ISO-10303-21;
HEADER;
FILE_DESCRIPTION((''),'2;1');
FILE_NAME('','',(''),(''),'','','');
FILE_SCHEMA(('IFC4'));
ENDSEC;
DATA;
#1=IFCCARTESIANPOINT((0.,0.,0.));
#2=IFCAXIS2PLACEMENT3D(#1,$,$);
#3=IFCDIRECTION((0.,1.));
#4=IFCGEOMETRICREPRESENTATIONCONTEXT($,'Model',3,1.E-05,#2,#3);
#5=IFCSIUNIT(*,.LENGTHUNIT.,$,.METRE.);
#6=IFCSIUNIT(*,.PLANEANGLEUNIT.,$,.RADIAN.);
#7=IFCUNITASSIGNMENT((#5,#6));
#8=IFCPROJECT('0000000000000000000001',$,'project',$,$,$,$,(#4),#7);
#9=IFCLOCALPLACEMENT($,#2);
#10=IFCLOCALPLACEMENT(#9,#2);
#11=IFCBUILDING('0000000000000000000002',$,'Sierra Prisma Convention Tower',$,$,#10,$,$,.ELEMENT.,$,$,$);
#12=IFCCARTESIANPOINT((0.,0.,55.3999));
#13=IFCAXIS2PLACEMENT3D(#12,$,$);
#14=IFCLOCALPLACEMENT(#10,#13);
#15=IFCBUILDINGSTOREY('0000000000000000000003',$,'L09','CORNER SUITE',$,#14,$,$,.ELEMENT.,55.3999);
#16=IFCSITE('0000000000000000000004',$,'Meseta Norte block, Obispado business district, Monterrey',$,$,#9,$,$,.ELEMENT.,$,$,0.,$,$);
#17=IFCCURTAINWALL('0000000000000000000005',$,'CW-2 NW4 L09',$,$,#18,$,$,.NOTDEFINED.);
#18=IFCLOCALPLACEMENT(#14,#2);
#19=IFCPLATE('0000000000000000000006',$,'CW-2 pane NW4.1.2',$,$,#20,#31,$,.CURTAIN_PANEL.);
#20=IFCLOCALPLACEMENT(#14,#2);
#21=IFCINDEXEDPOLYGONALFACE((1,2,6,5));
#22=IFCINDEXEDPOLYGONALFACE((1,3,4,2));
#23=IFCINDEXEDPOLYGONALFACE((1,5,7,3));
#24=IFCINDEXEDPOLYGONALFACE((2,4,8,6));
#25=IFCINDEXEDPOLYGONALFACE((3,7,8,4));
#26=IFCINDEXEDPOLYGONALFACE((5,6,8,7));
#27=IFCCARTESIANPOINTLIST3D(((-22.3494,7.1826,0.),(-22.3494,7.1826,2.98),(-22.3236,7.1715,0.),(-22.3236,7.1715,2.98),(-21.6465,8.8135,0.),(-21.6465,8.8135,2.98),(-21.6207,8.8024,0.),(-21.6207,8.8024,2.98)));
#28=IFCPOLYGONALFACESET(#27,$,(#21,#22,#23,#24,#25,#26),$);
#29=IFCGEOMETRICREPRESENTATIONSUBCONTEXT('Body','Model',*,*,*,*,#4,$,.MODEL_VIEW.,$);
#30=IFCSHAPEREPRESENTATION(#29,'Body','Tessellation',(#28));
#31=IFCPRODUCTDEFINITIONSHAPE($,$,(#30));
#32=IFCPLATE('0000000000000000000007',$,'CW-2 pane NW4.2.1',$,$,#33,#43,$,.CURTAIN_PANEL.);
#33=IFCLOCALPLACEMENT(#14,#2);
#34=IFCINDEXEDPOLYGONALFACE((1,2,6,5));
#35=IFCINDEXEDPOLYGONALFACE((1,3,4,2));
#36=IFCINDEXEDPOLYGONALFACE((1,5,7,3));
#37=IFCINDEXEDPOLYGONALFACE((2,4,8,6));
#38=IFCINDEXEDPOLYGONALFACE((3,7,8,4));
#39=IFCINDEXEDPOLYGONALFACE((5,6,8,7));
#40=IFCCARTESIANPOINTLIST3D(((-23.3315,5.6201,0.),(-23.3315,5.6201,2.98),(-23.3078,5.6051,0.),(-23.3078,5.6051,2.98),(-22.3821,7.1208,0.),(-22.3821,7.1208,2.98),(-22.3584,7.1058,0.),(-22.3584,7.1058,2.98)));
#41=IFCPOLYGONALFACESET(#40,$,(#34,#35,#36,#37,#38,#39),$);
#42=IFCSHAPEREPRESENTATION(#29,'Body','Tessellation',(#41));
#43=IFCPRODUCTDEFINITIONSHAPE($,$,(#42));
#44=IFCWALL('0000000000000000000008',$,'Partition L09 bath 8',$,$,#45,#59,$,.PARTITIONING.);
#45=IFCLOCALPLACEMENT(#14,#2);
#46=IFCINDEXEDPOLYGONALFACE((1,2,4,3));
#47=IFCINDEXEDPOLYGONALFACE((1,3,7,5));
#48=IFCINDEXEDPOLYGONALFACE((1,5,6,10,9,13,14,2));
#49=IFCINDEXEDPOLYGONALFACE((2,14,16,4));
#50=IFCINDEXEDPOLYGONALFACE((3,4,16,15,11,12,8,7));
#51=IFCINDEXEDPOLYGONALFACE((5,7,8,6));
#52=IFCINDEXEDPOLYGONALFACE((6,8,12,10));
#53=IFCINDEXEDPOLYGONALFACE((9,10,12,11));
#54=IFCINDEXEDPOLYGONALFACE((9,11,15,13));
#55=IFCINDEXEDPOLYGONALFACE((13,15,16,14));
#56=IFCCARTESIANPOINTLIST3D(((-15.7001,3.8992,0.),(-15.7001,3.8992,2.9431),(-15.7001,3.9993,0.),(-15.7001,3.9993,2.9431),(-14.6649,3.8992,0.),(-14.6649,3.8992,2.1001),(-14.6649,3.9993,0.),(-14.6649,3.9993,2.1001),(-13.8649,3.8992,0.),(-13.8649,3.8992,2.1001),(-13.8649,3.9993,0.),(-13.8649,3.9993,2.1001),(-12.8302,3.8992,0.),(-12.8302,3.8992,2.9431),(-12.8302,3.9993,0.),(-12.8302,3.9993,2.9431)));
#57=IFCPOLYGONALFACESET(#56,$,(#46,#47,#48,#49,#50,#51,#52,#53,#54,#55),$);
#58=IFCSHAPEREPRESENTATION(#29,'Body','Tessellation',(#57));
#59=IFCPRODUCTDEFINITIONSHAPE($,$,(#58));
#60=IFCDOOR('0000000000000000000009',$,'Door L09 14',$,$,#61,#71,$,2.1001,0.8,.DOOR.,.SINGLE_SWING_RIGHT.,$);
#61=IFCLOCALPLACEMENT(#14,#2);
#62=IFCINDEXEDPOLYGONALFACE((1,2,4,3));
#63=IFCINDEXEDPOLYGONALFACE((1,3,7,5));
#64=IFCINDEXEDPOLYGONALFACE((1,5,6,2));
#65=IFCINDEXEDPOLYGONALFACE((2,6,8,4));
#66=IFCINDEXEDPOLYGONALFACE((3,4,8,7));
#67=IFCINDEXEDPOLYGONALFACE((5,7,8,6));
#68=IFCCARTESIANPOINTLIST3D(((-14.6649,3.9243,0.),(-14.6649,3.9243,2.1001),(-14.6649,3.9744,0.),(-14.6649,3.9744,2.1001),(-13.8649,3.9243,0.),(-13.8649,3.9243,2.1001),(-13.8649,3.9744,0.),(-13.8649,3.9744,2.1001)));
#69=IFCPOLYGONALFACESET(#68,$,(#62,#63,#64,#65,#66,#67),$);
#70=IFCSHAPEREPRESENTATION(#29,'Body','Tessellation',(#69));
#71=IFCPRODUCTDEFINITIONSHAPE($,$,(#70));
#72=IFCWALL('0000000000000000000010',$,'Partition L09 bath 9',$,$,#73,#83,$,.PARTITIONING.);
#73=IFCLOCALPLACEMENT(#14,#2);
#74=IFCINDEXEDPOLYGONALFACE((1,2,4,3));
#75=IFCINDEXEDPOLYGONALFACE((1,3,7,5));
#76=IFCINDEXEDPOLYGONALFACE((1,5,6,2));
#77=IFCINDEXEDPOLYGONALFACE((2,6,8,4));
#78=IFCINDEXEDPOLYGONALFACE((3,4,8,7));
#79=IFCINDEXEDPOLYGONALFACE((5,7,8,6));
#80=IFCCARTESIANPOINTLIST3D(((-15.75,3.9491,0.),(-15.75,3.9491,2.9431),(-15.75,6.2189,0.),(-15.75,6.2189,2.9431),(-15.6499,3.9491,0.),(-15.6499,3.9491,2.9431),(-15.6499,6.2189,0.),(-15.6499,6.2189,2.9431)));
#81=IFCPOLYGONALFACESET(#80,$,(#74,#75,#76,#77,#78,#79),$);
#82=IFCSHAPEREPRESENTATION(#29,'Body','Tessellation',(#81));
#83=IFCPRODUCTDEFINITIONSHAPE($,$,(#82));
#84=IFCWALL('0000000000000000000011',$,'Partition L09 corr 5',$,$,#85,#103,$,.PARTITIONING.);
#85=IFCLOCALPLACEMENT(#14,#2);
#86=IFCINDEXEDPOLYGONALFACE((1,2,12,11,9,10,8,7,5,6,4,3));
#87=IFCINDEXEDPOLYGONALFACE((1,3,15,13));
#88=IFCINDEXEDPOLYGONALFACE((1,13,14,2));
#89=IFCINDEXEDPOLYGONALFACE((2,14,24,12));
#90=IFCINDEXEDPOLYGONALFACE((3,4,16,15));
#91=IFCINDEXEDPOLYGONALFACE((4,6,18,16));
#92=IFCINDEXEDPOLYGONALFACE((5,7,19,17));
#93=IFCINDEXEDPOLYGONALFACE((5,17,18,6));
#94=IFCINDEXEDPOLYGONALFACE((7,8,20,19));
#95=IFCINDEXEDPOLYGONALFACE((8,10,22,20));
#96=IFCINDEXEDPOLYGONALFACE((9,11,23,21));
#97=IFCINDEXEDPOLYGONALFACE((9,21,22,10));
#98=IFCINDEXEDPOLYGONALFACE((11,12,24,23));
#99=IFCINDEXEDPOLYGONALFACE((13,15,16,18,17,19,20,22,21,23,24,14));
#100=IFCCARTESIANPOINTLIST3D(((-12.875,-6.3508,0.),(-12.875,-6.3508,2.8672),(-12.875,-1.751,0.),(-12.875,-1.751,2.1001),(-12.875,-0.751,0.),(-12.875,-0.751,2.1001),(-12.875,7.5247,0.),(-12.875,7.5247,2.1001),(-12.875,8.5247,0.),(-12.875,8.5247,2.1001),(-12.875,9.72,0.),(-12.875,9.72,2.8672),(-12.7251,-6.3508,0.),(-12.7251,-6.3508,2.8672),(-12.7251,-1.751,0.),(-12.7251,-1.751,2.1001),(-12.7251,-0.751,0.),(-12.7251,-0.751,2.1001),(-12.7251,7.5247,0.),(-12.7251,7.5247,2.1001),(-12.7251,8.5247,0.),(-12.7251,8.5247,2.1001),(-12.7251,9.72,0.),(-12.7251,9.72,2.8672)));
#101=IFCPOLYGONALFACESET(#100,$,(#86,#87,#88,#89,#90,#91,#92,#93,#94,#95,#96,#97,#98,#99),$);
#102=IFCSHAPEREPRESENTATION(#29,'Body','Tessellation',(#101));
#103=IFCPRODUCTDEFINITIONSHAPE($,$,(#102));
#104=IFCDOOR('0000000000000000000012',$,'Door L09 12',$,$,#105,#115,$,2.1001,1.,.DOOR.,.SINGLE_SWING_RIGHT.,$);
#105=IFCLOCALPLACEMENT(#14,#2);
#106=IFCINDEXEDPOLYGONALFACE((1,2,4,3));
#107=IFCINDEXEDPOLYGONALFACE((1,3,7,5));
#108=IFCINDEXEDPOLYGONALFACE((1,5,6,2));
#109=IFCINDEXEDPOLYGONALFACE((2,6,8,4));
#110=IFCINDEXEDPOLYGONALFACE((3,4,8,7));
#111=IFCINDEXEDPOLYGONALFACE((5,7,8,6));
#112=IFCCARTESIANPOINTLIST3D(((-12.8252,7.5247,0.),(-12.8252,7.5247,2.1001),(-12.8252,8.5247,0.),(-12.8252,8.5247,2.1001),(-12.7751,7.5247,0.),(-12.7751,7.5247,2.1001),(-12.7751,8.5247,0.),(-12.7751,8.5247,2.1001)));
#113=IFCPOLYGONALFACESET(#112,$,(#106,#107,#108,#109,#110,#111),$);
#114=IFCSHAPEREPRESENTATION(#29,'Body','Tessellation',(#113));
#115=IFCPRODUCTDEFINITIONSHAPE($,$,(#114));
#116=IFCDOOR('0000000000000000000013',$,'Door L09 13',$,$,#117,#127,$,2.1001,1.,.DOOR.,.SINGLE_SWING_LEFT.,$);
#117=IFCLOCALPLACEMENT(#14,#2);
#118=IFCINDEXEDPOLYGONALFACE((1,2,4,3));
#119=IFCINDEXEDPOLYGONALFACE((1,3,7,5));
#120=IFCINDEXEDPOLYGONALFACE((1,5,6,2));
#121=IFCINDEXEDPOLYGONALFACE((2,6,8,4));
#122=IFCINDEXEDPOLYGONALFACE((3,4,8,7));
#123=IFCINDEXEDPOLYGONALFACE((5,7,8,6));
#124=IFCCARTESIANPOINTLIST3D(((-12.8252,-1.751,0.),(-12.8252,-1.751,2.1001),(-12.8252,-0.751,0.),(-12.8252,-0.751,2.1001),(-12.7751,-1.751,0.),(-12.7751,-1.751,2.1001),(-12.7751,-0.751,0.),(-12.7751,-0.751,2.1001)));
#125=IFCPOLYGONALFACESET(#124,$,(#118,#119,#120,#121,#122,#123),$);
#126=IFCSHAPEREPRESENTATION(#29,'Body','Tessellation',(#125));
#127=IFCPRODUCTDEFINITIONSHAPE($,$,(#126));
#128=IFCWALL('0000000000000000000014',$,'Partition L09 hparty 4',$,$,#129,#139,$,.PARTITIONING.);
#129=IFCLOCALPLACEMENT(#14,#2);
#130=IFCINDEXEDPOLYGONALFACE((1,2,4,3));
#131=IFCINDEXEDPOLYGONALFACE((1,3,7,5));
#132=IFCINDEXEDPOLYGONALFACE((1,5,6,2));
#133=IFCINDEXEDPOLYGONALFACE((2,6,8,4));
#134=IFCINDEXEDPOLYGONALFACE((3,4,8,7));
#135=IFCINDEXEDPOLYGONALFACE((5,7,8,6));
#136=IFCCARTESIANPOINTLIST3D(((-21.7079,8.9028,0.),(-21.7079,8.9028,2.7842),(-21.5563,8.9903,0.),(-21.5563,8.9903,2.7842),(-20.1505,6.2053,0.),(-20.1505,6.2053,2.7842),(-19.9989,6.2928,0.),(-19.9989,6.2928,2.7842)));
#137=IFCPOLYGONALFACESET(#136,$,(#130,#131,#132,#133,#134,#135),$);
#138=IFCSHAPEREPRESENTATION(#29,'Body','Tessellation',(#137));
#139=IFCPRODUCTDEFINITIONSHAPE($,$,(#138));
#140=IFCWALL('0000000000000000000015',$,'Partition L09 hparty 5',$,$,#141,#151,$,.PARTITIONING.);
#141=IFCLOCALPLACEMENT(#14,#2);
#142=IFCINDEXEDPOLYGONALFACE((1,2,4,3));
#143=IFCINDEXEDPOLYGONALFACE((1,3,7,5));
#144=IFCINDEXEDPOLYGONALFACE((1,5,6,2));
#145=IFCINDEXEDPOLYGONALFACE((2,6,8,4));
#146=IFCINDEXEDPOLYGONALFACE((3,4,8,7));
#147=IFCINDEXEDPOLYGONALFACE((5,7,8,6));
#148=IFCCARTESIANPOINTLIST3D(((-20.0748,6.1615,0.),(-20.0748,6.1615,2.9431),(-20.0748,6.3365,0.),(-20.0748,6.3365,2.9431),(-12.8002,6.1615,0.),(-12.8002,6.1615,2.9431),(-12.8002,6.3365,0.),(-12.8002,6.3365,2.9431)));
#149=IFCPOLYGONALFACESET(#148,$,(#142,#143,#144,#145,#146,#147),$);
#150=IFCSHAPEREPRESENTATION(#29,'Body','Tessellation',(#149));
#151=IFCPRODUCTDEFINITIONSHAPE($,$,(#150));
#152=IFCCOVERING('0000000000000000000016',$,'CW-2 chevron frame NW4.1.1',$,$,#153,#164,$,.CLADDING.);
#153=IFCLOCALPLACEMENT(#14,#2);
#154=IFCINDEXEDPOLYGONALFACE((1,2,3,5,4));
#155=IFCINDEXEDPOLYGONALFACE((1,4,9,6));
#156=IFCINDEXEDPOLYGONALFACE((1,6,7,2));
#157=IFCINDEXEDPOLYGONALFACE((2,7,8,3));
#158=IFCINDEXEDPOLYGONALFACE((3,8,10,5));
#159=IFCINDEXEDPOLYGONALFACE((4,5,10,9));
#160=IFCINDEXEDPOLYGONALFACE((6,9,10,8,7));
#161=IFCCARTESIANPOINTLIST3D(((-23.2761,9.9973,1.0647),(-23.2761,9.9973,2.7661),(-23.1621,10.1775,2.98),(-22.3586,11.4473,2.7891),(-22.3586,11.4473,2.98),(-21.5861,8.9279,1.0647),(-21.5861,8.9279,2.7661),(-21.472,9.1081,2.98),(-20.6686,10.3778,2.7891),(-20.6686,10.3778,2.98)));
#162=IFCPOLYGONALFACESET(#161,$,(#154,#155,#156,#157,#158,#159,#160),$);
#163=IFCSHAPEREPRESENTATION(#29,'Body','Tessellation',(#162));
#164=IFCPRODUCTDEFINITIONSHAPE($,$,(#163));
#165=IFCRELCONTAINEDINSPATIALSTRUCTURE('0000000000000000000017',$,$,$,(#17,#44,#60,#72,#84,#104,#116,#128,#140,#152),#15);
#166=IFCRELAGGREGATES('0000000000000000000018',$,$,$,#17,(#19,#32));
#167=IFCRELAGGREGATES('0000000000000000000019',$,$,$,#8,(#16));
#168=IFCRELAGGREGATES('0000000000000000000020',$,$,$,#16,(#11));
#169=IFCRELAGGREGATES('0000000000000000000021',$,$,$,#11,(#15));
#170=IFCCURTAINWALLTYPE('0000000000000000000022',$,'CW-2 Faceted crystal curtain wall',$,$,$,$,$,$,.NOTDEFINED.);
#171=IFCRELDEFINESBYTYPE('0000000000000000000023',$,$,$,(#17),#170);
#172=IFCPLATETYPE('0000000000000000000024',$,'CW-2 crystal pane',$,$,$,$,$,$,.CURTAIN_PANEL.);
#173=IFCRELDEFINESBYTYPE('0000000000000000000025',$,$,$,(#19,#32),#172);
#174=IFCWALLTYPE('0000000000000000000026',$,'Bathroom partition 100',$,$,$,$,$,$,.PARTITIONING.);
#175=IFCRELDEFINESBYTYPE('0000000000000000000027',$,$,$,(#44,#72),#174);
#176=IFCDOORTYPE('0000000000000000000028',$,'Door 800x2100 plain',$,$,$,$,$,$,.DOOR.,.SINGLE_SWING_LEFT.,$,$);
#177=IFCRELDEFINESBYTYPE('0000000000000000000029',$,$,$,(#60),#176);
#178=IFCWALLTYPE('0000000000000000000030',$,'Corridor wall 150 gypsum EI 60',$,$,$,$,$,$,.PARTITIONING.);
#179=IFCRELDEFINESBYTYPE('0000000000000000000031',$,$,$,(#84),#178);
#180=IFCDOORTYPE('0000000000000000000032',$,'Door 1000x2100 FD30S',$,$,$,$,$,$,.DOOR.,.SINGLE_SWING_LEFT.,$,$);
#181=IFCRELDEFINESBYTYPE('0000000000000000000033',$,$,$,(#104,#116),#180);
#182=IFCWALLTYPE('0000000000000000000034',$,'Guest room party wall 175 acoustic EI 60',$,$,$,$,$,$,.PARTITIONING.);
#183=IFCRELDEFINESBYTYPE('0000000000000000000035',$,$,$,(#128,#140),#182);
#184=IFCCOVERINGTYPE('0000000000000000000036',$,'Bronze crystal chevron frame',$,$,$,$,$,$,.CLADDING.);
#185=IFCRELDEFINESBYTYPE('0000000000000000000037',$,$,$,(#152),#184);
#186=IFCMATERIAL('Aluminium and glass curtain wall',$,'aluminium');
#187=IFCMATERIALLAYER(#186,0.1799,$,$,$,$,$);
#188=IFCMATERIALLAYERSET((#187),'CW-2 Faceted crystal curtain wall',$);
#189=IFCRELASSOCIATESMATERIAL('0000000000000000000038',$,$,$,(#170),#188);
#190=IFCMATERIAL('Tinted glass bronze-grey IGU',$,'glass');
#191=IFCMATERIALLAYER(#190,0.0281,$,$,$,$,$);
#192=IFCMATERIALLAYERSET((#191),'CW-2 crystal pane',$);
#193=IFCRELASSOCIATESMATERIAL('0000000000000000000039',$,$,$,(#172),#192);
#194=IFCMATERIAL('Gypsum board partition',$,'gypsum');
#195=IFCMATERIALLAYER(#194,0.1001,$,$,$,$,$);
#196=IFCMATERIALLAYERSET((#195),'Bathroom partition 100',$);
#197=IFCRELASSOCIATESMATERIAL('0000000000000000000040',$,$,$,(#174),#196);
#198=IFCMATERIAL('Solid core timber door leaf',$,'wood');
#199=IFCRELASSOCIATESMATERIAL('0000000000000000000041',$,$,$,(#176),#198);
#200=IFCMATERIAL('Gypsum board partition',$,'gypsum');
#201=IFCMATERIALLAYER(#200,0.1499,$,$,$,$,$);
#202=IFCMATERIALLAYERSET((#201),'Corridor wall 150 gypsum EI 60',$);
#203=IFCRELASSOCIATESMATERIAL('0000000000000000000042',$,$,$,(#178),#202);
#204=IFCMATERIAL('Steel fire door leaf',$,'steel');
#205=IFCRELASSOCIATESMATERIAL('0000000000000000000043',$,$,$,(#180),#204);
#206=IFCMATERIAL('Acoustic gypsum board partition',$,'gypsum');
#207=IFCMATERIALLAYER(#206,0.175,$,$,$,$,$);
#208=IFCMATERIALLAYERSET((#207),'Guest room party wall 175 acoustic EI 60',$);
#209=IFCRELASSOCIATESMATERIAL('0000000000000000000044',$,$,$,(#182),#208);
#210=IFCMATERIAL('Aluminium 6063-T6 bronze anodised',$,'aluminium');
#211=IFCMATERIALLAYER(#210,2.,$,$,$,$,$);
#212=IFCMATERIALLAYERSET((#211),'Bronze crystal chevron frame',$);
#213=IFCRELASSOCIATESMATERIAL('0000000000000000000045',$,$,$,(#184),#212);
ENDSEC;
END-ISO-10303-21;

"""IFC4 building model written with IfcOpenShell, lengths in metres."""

from ifc_helpers import new_model, si_unit, direction, frame, frame_2d, origin, place, context, subcontext, project, spatial, polyline, rectangle, outline, extrude, material, layer, layer_set, type_object, element, fill, aggregate, save


model = new_model("IFC4")

# Units and contexts
model_context = context("Model", 3, precision=1e-05, world=origin(), true_north=direction((0.0, 1.0)))
body_context = subcontext(model_context, "Body", "Model", "MODEL_VIEW")
ifc_project = project(units=[si_unit("LENGTHUNIT", "METRE"), si_unit("PLANEANGLEUNIT", "RADIAN")], contexts=[model_context])

# Site, building, storey
site_placement = place(None, origin())
site = spatial("IfcSite", under=ifc_project, at=site_placement, Name="Meseta Norte block, Obispado business district, Monterrey", CompositionType="ELEMENT", RefElevation=0.0)
building_placement = place(site_placement, origin())
building = spatial("IfcBuilding", under=site, at=building_placement, Name="Sierra Prisma Convention Tower", CompositionType="ELEMENT")
storey_placement = place(building_placement, frame((0.0, 0.0, 55.3999)))
storey = spatial("IfcBuildingStorey", under=building, at=storey_placement, Name="L09", Description="CORNER SUITE", CompositionType="ELEMENT", Elevation=55.3999)

# Curtain wall
ifc_material_1 = material(Name="Aluminium and glass curtain wall", Category="aluminium")
ifc_layer_1 = layer(ifc_material_1, 0.1799)
ifc_layer_set_1 = layer_set([ifc_layer_1], Name="CW-2 Faceted crystal curtain wall")
curtain_wall_type = type_object("IfcCurtainWallType", Name="CW-2 Faceted crystal curtain wall", PredefinedType="NOTDEFINED", material=ifc_layer_set_1)
curtain_wall_1_placement = place(storey_placement, origin())
curtain_wall_1 = element("IfcCurtainWall", 1, at=curtain_wall_1_placement, inside=storey, type_object=curtain_wall_type, Name="CW-2 NW4 L09", PredefinedType="NOTDEFINED")

# Plates
ifc_material_2 = material(Name="Tinted glass bronze-grey IGU", Category="glass")
ifc_layer_2 = layer(ifc_material_2, 0.0281)
ifc_layer_set_2 = layer_set([ifc_layer_2], Name="CW-2 crystal pane")
plate_type = type_object("IfcPlateType", Name="CW-2 crystal pane", PredefinedType="CURTAIN_PANEL", material=ifc_layer_set_2)
plate_1_placement = place(storey_placement, frame((-22.3494, 7.1826, 0.0), z_axis=(-0.91834, 0.395793, 0.0), x_axis=(0.395793, 0.91834, 0.0)))
plate_1 = element("IfcPlate", 2, at=plate_1_placement, type_object=plate_type, Name="CW-2 pane NW4.1.2", PredefinedType="CURTAIN_PANEL", context=body_context, shape_type="SweptSolid", body=[
    extrude(outline(polyline([(0.0, 0.0), (1.7759, 0.0), (1.7759, -2.98), (0.0, -2.98), (0.0, 0.0)])), origin(), (0.0, 0.0, -1.0), 0.0281),
])
plate_2_placement = place(storey_placement, frame((-22.3821, 7.1208, 0.0), z_axis=(-0.845074, 0.53465, 0.0), x_axis=(-0.53465, -0.845074, 0.0)))
plate_2 = element("IfcPlate", 3, at=plate_2_placement, type_object=plate_type, Name="CW-2 pane NW4.2.1", PredefinedType="CURTAIN_PANEL", context=body_context, shape_type="SweptSolid", body=[
    extrude(outline(polyline([(0.0, 0.0), (1.7759, 0.0), (1.7759, 2.98), (0.0, 2.98), (0.0, 0.0)])), origin(), (0.0, 0.0, -1.0), 0.0281),
])
aggregate(curtain_wall_1, [plate_1, plate_2])

# Wall, opening, door
ifc_material_3 = material(Name="Gypsum board partition", Category="gypsum")
ifc_layer_3 = layer(ifc_material_3, 0.1001)
ifc_layer_set_3 = layer_set([ifc_layer_3], Name="Bathroom partition 100")
wall_type_1 = type_object("IfcWallType", Name="Bathroom partition 100", PredefinedType="PARTITIONING", material=ifc_layer_set_3)
wall_1_placement = place(storey_placement, frame((-12.8301, 3.9492, 0.0), z_axis=(0.0, 0.0, 1.0), x_axis=(-1.0, 0.0, 0.0)))
wall_1 = element("IfcWall", 4, at=wall_1_placement, inside=storey, type_object=wall_type_1, Name="Partition L09 bath 8", PredefinedType="PARTITIONING", context=body_context, shape_type="SweptSolid", body=[
    extrude(rectangle(XDim=2.8699, YDim=0.1001, at=frame_2d((1.4351, 0.0))), origin(), (0.0, 0.0, 1.0), 2.9431),
])
opening_1_placement = place(wall_1_placement, frame((1.0349, 0.0, 0.0)))
opening_1 = element("IfcOpeningElement", 5, at=opening_1_placement, cuts=wall_1, PredefinedType="OPENING", context=body_context, shape_type="SweptSolid", body=[
    extrude(rectangle(XDim=0.8, YDim=2.1001, at=frame_2d((0.3999, 1.05))), frame((0.0, 0.05, 0.0), z_axis=(0.0, -1.0, 0.0), x_axis=(1.0, 0.0, 0.0)), (0.0, 0.0, 1.0), 0.1001),
])
ifc_material_4 = material(Name="Solid core timber door leaf", Category="wood")
door_type_1 = type_object("IfcDoorType", Name="Door 800x2100 plain", OperationType="SINGLE_SWING_LEFT", PredefinedType="DOOR", material=ifc_material_4)
door_1_placement = place(opening_1_placement, origin())
door_1 = element("IfcDoor", 6, at=door_1_placement, inside=storey, type_object=door_type_1, Name="Door L09 14", OperationType="SINGLE_SWING_RIGHT", OverallHeight=2.1001, OverallWidth=0.8, PredefinedType="DOOR", context=body_context, shape_type="SweptSolid", body=[
    extrude(rectangle(XDim=0.8, YDim=2.1001, at=frame_2d((0.3999, 1.05))), frame((0.0, 0.0249, 0.0), z_axis=(0.0, -1.0, 0.0), x_axis=(1.0, 0.0, 0.0)), (0.0, 0.0, 1.0), 0.05),
])
fill(opening_1, door_1)

# Wall
wall_2_placement = place(storey_placement, frame((-15.7, 3.9492, 0.0), z_axis=(0.0, 0.0, 1.0), x_axis=(0.0, 1.0, 0.0)))
element("IfcWall", 7, at=wall_2_placement, inside=storey, type_object=wall_type_1, Name="Partition L09 bath 9", PredefinedType="PARTITIONING", context=body_context, shape_type="SweptSolid", body=[
    extrude(rectangle(XDim=2.2698, YDim=0.1001, at=frame_2d((1.1348, 0.0))), origin(), (0.0, 0.0, 1.0), 2.9431),
])

# Wall, openings, doors
ifc_material_5 = material(Name="Gypsum board partition", Category="gypsum")
ifc_layer_4 = layer(ifc_material_5, 0.1499)
ifc_layer_set_4 = layer_set([ifc_layer_4], Name="Corridor wall 150 gypsum EI 60")
wall_type_2 = type_object("IfcWallType", Name="Corridor wall 150 gypsum EI 60", PredefinedType="PARTITIONING", material=ifc_layer_set_4)
wall_3_placement = place(storey_placement, frame((-12.8, 9.72, 0.0), z_axis=(0.0, 0.0, 1.0), x_axis=(0.0, -1.0, 0.0)))
wall_3 = element("IfcWall", 8, at=wall_3_placement, inside=storey, type_object=wall_type_2, Name="Partition L09 corr 5", PredefinedType="PARTITIONING", context=body_context, shape_type="SweptSolid", body=[
    extrude(rectangle(XDim=16.0708, YDim=0.1499, at=frame_2d((8.0354, 0.0))), origin(), (0.0, 0.0, 1.0), 2.8672),
])
opening_2_placement = place(wall_3_placement, frame((1.1953, 0.0, 0.0)))
opening_2 = element("IfcOpeningElement", 9, at=opening_2_placement, cuts=wall_3, PredefinedType="OPENING", context=body_context, shape_type="SweptSolid", body=[
    extrude(rectangle(XDim=1.0, YDim=2.1001, at=frame_2d((0.5, 1.05))), frame((0.0, 0.075, 0.0), z_axis=(0.0, -1.0, 0.0), x_axis=(1.0, 0.0, 0.0)), (0.0, 0.0, 1.0), 0.1499),
])
opening_3_placement = place(wall_3_placement, frame((10.4709, 0.0, 0.0)))
opening_3 = element("IfcOpeningElement", 10, at=opening_3_placement, cuts=wall_3, PredefinedType="OPENING", context=body_context, shape_type="SweptSolid", body=[
    extrude(rectangle(XDim=1.0, YDim=2.1001, at=frame_2d((0.5, 1.05))), frame((0.0, 0.075, 0.0), z_axis=(0.0, -1.0, 0.0), x_axis=(1.0, 0.0, 0.0)), (0.0, 0.0, 1.0), 0.1499),
])
ifc_material_6 = material(Name="Steel fire door leaf", Category="steel")
door_type_2 = type_object("IfcDoorType", Name="Door 1000x2100 FD30S", OperationType="SINGLE_SWING_LEFT", PredefinedType="DOOR", material=ifc_material_6)
door_2_placement = place(opening_2_placement, origin())
door_2 = element("IfcDoor", 11, at=door_2_placement, inside=storey, type_object=door_type_2, Name="Door L09 12", OperationType="SINGLE_SWING_RIGHT", OverallHeight=2.1001, OverallWidth=1.0, PredefinedType="DOOR", context=body_context, shape_type="SweptSolid", body=[
    extrude(rectangle(XDim=1.0, YDim=2.1001, at=frame_2d((0.5, 1.05))), frame((0.0, 0.0249, 0.0), z_axis=(0.0, -1.0, 0.0), x_axis=(1.0, 0.0, 0.0)), (0.0, 0.0, 1.0), 0.05),
])
fill(opening_2, door_2)
door_3_placement = place(opening_3_placement, origin())
door_3 = element("IfcDoor", 12, at=door_3_placement, inside=storey, type_object=door_type_2, Name="Door L09 13", OperationType="SINGLE_SWING_LEFT", OverallHeight=2.1001, OverallWidth=1.0, PredefinedType="DOOR", context=body_context, shape_type="SweptSolid", body=[
    extrude(rectangle(XDim=1.0, YDim=2.1001, at=frame_2d((0.5, 1.05))), frame((0.0, 0.0249, 0.0), z_axis=(0.0, -1.0, 0.0), x_axis=(1.0, 0.0, 0.0)), (0.0, 0.0, 1.0), 0.05),
])
fill(opening_3, door_3)

# Walls
ifc_material_7 = material(Name="Acoustic gypsum board partition", Category="gypsum")
ifc_layer_5 = layer(ifc_material_7, 0.175)
ifc_layer_set_5 = layer_set([ifc_layer_5], Name="Guest room party wall 175 acoustic EI 60")
wall_type_3 = type_object("IfcWallType", Name="Guest room party wall 175 acoustic EI 60", PredefinedType="PARTITIONING", material=ifc_layer_set_5)
wall_4_placement = place(storey_placement, frame((-21.6321, 8.9465, 0.0), z_axis=(0.0, 0.0, 1.0), x_axis=(0.499992, -0.86603, 0.0)))
element("IfcWall", 13, at=wall_4_placement, inside=storey, type_object=wall_type_3, Name="Partition L09 hparty 4", PredefinedType="PARTITIONING", context=body_context, shape_type="SweptSolid", body=[
    extrude(rectangle(XDim=3.1147, YDim=0.175, at=frame_2d((1.5574, 0.0))), origin(), (0.0, 0.0, 1.0), 2.7842),
])
wall_5_placement = place(storey_placement, frame((-20.0747, 6.249, 0.0), z_axis=(0.0, 0.0, 1.0), x_axis=(1.0, 0.0, 0.0)))
element("IfcWall", 14, at=wall_5_placement, inside=storey, type_object=wall_type_3, Name="Partition L09 hparty 5", PredefinedType="PARTITIONING", context=body_context, shape_type="SweptSolid", body=[
    extrude(rectangle(XDim=7.2747, YDim=0.175, at=frame_2d((3.6372, 0.0))), origin(), (0.0, 0.0, 1.0), 2.9431),
])

# Covering
ifc_material_8 = material(Name="Aluminium 6063-T6 bronze anodised", Category="aluminium")
ifc_layer_6 = layer(ifc_material_8, 2.0)
ifc_layer_set_6 = layer_set([ifc_layer_6], Name="Bronze crystal chevron frame")
covering_type = type_object("IfcCoveringType", Name="Bronze crystal chevron frame", PredefinedType="CLADDING", material=ifc_layer_set_6)
covering_placement = place(storey_placement, frame((-22.3586, 11.4473, 2.98), z_axis=(-0.845036, 0.53471, 0.000002), x_axis=(-0.000002, 0.000001, -1.0)))
element("IfcCovering", 15, at=covering_placement, inside=storey, type_object=covering_type, Name="CW-2 chevron frame NW4.1.1", PredefinedType="CLADDING", context=body_context, shape_type="SweptSolid", body=[
    extrude(outline(polyline([(0.0, 0.0), (0.1909, 0.0), (1.9153, 1.7158), (0.2139, 1.7158), (0.0, 1.5026), (0.0, 0.0)])), origin(), (0.0, 0.0, -1.0), 2.0),
])

save(model, "model.ifc")
